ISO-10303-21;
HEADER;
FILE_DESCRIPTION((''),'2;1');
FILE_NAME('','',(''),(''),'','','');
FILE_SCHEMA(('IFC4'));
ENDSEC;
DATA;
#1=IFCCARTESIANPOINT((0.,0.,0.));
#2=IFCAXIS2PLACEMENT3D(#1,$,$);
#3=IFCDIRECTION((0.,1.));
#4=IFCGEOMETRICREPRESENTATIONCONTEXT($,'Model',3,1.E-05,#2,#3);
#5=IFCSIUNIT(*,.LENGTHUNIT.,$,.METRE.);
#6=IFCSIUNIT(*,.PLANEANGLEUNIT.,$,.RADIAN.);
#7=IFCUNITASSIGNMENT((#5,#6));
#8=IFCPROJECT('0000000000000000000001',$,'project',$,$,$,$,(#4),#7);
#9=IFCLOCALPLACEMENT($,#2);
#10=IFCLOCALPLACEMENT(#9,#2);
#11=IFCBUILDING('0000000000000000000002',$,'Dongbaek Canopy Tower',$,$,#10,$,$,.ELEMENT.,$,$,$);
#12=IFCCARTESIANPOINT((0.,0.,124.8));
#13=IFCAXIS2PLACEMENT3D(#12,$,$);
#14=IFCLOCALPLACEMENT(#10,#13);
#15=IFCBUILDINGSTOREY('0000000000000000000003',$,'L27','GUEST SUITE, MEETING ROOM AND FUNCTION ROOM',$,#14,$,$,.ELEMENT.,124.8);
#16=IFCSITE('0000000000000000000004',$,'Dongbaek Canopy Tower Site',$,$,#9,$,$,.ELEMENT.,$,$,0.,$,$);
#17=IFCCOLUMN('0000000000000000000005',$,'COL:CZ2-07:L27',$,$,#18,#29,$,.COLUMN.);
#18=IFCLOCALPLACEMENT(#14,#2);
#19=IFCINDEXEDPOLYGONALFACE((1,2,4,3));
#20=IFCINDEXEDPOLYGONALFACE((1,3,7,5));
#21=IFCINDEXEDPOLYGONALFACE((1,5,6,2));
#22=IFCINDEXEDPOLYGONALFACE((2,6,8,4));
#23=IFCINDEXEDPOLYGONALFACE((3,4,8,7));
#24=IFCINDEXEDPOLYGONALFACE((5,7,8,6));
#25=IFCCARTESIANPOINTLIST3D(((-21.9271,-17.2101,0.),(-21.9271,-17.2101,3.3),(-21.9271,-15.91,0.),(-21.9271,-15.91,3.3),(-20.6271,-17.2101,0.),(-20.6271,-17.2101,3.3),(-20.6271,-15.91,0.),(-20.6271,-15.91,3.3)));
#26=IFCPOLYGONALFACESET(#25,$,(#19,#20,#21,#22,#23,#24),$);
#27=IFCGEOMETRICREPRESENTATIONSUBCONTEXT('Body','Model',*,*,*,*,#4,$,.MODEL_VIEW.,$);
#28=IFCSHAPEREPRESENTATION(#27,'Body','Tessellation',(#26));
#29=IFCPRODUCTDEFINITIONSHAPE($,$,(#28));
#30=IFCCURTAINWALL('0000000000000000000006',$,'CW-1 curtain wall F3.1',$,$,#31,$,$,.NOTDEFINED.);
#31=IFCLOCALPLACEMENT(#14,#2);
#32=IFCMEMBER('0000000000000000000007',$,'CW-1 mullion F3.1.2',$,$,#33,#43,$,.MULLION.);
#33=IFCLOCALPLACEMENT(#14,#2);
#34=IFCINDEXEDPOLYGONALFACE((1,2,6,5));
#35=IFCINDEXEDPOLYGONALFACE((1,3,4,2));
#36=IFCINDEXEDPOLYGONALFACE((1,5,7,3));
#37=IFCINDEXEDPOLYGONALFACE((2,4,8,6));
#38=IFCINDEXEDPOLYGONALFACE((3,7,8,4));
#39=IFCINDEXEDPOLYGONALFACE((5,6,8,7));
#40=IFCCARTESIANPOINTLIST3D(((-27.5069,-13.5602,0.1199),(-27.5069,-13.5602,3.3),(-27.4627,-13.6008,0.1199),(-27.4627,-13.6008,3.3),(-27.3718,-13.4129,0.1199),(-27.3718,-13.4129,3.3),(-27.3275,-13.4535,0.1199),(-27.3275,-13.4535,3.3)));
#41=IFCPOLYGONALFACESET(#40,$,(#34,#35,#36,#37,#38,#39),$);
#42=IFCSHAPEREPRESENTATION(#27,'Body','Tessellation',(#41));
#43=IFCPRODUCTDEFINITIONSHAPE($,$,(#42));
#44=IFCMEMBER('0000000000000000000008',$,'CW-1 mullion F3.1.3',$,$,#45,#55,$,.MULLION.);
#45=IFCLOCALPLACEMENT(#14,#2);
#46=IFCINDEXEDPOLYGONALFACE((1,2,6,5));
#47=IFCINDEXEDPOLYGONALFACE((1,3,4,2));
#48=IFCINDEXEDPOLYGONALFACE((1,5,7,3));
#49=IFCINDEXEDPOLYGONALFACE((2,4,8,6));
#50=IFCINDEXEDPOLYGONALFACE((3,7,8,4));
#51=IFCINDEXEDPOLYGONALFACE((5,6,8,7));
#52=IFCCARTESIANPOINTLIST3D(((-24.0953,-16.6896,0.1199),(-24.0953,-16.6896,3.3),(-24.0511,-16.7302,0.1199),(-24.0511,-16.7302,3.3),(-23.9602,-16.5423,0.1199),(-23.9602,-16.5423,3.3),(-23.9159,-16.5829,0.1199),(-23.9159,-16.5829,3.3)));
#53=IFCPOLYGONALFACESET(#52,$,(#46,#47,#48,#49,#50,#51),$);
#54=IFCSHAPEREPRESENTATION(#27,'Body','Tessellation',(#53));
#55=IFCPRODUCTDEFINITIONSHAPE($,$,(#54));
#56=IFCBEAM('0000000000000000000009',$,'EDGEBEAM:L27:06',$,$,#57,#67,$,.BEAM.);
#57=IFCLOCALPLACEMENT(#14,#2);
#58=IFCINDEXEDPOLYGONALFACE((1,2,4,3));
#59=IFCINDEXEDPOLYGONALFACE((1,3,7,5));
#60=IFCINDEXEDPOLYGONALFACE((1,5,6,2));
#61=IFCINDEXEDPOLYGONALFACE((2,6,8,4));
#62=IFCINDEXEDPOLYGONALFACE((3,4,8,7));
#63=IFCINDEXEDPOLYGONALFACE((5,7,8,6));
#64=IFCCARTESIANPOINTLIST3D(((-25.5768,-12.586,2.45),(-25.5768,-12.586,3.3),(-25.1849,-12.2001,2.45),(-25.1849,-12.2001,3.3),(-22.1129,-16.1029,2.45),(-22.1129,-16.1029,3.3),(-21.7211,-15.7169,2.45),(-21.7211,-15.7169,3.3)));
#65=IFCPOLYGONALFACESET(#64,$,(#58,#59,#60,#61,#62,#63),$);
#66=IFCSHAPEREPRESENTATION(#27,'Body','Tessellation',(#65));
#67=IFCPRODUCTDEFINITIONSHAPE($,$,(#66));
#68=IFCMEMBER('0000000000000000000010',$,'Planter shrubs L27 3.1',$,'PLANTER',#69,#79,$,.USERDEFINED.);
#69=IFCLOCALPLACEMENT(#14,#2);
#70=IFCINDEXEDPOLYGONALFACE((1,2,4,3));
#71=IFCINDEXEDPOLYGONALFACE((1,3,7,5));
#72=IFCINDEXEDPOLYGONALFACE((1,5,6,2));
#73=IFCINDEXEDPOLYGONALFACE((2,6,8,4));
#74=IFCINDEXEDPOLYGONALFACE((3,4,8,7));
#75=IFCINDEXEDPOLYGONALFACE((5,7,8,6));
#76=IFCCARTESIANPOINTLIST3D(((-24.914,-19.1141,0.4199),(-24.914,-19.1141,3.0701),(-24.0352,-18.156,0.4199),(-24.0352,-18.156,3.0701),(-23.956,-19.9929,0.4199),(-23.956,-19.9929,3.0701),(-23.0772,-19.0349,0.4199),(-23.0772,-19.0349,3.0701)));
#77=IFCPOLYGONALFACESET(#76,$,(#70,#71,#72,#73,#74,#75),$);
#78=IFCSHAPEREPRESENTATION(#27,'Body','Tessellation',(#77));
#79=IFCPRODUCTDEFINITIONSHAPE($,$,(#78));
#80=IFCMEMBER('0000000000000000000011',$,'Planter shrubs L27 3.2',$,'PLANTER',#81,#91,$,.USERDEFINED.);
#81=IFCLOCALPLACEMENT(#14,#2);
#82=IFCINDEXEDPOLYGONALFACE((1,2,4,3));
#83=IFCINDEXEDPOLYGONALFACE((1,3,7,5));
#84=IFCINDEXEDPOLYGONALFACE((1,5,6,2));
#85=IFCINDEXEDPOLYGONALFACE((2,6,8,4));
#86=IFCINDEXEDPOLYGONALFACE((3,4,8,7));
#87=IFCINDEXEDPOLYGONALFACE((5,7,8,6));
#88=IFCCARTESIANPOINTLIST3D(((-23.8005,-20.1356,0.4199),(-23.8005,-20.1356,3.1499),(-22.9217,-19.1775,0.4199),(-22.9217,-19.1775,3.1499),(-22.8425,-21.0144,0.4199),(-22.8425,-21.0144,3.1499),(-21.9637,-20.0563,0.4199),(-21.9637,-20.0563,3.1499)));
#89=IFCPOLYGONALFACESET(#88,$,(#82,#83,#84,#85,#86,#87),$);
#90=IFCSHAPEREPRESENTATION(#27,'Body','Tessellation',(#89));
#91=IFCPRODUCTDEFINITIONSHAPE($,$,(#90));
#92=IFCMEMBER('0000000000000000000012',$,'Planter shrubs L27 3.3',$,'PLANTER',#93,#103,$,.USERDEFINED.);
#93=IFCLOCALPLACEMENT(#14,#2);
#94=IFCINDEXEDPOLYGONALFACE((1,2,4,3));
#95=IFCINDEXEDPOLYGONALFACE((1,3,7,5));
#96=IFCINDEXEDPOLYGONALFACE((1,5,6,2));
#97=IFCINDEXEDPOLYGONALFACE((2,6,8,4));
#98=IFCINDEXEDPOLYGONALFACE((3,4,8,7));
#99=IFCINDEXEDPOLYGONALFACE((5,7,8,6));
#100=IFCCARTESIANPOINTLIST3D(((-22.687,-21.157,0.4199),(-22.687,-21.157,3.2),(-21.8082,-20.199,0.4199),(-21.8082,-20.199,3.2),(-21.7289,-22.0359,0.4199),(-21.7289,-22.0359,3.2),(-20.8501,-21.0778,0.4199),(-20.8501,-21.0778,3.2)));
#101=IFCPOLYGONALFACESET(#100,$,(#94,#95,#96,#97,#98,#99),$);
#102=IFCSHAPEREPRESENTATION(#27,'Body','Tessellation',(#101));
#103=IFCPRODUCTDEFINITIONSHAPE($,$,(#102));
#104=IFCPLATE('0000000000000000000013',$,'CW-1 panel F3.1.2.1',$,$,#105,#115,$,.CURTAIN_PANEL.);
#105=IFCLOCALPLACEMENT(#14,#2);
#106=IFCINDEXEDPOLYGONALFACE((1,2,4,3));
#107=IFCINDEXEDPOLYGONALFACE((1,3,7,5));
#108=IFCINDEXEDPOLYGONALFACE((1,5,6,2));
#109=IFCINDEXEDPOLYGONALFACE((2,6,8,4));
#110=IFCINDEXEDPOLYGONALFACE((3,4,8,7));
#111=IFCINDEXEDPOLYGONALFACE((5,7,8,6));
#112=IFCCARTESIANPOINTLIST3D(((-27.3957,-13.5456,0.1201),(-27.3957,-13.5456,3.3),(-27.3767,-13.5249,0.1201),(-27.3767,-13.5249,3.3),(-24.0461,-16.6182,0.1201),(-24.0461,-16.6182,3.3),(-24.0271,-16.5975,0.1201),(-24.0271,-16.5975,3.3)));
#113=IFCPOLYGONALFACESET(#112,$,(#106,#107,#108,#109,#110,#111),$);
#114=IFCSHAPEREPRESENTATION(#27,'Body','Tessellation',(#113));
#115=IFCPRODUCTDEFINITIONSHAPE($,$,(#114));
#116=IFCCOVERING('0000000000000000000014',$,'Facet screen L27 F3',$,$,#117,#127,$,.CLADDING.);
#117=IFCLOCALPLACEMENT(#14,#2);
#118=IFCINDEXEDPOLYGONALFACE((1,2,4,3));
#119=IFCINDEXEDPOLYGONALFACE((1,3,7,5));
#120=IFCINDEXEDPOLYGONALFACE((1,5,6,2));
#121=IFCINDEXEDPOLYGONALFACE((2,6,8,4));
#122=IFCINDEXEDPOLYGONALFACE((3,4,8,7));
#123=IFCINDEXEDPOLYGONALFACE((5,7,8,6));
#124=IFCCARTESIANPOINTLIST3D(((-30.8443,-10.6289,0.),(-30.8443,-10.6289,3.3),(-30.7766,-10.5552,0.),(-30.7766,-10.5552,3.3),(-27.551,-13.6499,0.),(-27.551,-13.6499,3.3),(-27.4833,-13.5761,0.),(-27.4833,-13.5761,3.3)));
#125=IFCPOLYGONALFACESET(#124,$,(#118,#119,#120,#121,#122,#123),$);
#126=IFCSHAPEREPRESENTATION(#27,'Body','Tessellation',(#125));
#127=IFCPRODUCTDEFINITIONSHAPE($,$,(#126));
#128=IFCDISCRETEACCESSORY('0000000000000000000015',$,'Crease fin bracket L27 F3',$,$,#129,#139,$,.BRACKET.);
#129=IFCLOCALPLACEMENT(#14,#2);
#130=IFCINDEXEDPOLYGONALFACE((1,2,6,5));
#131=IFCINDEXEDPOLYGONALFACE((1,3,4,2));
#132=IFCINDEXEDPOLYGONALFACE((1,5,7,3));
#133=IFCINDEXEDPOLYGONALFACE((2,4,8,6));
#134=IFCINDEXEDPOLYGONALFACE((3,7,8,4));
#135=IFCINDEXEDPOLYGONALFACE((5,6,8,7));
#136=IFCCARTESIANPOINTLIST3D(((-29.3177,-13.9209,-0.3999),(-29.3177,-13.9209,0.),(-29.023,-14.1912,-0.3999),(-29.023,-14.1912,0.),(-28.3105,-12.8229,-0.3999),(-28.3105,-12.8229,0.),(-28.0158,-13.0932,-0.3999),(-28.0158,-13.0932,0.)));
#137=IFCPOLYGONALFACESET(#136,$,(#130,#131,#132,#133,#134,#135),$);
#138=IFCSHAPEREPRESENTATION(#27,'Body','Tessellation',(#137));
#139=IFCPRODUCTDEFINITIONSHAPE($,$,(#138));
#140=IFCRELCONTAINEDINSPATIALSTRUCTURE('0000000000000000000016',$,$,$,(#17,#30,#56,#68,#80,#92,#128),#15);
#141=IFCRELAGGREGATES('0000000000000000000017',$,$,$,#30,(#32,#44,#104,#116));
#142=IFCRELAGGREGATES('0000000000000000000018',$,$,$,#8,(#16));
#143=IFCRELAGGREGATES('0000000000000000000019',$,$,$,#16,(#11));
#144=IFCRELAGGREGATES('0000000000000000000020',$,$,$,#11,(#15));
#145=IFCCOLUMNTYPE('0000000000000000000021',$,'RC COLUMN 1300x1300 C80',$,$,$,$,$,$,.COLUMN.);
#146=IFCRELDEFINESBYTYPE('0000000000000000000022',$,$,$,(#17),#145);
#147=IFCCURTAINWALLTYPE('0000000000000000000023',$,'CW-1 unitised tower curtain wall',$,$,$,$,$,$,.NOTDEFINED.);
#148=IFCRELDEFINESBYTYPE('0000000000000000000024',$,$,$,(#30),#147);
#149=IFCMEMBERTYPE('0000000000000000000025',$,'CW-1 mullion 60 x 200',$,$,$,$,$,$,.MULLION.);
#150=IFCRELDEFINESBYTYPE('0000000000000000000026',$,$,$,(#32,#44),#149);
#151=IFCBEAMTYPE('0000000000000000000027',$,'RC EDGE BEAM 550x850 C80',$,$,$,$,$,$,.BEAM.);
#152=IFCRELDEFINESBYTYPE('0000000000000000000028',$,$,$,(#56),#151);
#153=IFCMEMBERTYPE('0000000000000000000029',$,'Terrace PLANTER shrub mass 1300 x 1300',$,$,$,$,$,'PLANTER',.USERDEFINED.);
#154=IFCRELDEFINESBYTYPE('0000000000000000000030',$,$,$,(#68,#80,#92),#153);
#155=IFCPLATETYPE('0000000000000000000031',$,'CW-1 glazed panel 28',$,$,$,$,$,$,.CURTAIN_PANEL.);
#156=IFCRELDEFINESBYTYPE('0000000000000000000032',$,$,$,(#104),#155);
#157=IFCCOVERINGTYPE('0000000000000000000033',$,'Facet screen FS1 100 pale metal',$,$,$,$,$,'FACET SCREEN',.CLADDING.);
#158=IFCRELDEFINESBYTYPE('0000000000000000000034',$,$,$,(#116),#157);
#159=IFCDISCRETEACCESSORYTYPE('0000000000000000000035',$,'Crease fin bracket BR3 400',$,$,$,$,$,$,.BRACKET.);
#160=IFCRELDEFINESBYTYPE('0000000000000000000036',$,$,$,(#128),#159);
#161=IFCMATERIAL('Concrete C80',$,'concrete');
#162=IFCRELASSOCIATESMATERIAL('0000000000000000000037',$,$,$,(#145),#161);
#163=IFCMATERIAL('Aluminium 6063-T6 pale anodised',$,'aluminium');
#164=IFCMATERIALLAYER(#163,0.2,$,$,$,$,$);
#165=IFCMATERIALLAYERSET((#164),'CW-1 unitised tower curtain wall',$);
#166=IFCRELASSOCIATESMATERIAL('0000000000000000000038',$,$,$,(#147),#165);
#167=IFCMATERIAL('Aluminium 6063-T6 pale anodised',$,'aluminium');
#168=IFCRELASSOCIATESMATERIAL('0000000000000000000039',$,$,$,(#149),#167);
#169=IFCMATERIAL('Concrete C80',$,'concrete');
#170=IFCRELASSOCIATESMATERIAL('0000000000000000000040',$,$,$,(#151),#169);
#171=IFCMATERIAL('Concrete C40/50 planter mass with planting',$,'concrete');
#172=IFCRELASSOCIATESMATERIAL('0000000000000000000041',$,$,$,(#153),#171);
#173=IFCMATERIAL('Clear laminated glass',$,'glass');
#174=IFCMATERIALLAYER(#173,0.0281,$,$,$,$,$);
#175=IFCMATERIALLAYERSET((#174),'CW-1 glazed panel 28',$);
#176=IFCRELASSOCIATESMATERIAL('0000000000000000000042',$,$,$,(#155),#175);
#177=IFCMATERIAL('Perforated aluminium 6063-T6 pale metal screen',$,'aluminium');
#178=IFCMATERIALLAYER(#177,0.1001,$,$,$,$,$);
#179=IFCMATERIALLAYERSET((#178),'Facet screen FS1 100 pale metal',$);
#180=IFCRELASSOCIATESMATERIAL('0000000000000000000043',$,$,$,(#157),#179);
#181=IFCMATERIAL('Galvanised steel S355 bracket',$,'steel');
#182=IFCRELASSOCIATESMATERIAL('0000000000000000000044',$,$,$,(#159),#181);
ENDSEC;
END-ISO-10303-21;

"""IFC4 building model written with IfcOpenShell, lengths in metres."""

from ifc_helpers import new_model, si_unit, direction, frame, origin, origin_2d, place, context, subcontext, project, spatial, rectangle, extrude, material, layer, layer_set, material_profile, profile_set, type_object, element, aggregate, save


model = new_model("IFC4")

# Units and contexts
model_context = context("Model", 3, precision=1e-05, world=origin(), true_north=direction((0.0, 1.0)))
body_context = subcontext(model_context, "Body", "Model", "MODEL_VIEW")
ifc_project = project(units=[si_unit("LENGTHUNIT", "METRE"), si_unit("PLANEANGLEUNIT", "RADIAN")], contexts=[model_context])

# Site, building, storey
site_placement = place(None, origin())
site = spatial("IfcSite", under=ifc_project, at=site_placement, Name="Dongbaek Canopy Tower Site", CompositionType="ELEMENT", RefElevation=0.0)
building_placement = place(site_placement, origin())
building = spatial("IfcBuilding", under=site, at=building_placement, Name="Dongbaek Canopy Tower", CompositionType="ELEMENT")
storey_placement = place(building_placement, frame((0.0, 0.0, 124.8)))
storey = spatial("IfcBuildingStorey", under=building, at=storey_placement, Name="L27", Description="GUEST SUITE, MEETING ROOM AND FUNCTION ROOM", CompositionType="ELEMENT", Elevation=124.8)

# Column
ifc_material_1 = material(Name="Concrete C80", Category="concrete")
ifc_material_profile_1 = material_profile(ifc_material_1, rectangle(XDim=1.3, YDim=1.3, at=origin_2d()), Name="RC COLUMN 1300x1300 C80")
ifc_profile_set_1 = profile_set([ifc_material_profile_1], Name="Concrete C80")
column_type = type_object("IfcColumnType", Name="RC COLUMN 1300x1300 C80", PredefinedType="COLUMN", material=ifc_profile_set_1)
column_placement = place(storey_placement, frame((-21.2771, -16.5601, 0.0), z_axis=(0.0, 0.0, 1.0), x_axis=(1.0, 0.0, 0.0)))
element("IfcColumn", 1, at=column_placement, inside=storey, type_object=column_type, Name="COL:CZ2-07:L27", PredefinedType="COLUMN", context=body_context, shape_type="SweptSolid", body=[
    extrude(rectangle(XDim=1.3, YDim=1.3, at=origin_2d()), origin(), (0.0, 0.0, 1.0), 3.3),
])

# Curtain wall, members
ifc_material_2 = material(Name="Aluminium 6063-T6 pale anodised", Category="aluminium")
ifc_layer_1 = layer(ifc_material_2, 0.2)
ifc_layer_set_1 = layer_set([ifc_layer_1], Name="CW-1 unitised tower curtain wall")
curtain_wall_type = type_object("IfcCurtainWallType", Name="CW-1 unitised tower curtain wall", PredefinedType="NOTDEFINED", material=ifc_layer_set_1)
curtain_wall_placement = place(storey_placement, origin())
curtain_wall = element("IfcCurtainWall", 2, at=curtain_wall_placement, inside=storey, type_object=curtain_wall_type, Name="CW-1 curtain wall F3.1", PredefinedType="NOTDEFINED")
ifc_material_3 = material(Name="Aluminium 6063-T6 pale anodised", Category="aluminium")
ifc_material_profile_2 = material_profile(ifc_material_3, rectangle(XDim=0.2, YDim=0.0601, at=origin_2d()), Name="CW-1 mullion 60 x 200")
ifc_profile_set_2 = profile_set([ifc_material_profile_2], Name="Aluminium 6063-T6 pale anodised")
member_type_1 = type_object("IfcMemberType", Name="CW-1 mullion 60 x 200", PredefinedType="MULLION", material=ifc_profile_set_2)
member_1_placement = place(storey_placement, frame((-27.4172, -13.5068, 0.1199), z_axis=(0.0, 0.0, 1.0), x_axis=(-0.67598, -0.73692, 0.0)))
member_1 = element("IfcMember", 3, at=member_1_placement, type_object=member_type_1, Name="CW-1 mullion F3.1.2", PredefinedType="MULLION", context=body_context, shape_type="SweptSolid", body=[
    extrude(rectangle(XDim=0.2, YDim=0.0601, at=origin_2d()), origin(), (0.0, 0.0, 1.0), 3.1802),
])
member_2_placement = place(storey_placement, frame((-24.0056, -16.6362, 0.1199), z_axis=(0.0, 0.0, 1.0), x_axis=(-0.67598, -0.73692, 0.0)))
member_2 = element("IfcMember", 4, at=member_2_placement, type_object=member_type_1, Name="CW-1 mullion F3.1.3", PredefinedType="MULLION", context=body_context, shape_type="SweptSolid", body=[
    extrude(rectangle(XDim=0.2, YDim=0.0601, at=origin_2d()), origin(), (0.0, 0.0, 1.0), 3.1802),
])

# Beam
ifc_material_4 = material(Name="Concrete C80", Category="concrete")
ifc_material_profile_3 = material_profile(ifc_material_4, rectangle(XDim=0.55, YDim=0.8501, at=origin_2d()), Name="RC EDGE BEAM 550x850 C80")
ifc_profile_set_3 = profile_set([ifc_material_profile_3], Name="Concrete C80")
beam_type = type_object("IfcBeamType", Name="RC EDGE BEAM 550x850 C80", PredefinedType="BEAM", material=ifc_profile_set_3)
beam_placement = place(storey_placement, frame((-21.917, -15.9099, 2.875), z_axis=(-0.70172, 0.712453, 0.0), x_axis=(-0.712453, -0.70172, 0.0)))
element("IfcBeam", 5, at=beam_placement, inside=storey, type_object=beam_type, Name="EDGEBEAM:L27:06", PredefinedType="BEAM", context=body_context, shape_type="SweptSolid", body=[
    extrude(rectangle(XDim=0.55, YDim=0.8501, at=origin_2d()), origin(), (0.0, 0.0, 1.0), 4.9363),
])

# Members
ifc_material_5 = material(Name="Concrete C40/50 planter mass with planting", Category="concrete")
ifc_material_profile_4 = material_profile(ifc_material_5, rectangle(XDim=1.3, YDim=1.3, at=origin_2d()), Name="Terrace PLANTER shrub mass 1300 x 1300")
ifc_profile_set_4 = profile_set([ifc_material_profile_4], Name="Concrete C40/50 planter mass with planting")
member_type_2 = type_object("IfcMemberType", Name="Terrace PLANTER shrub mass 1300 x 1300", ElementType="PLANTER", PredefinedType="USERDEFINED", material=ifc_profile_set_4)
member_3_placement = place(storey_placement, frame((-23.9956, -19.0745, 0.4199), z_axis=(0.0, 0.0, 1.0), x_axis=(-0.67598, -0.73692, 0.0)))
element("IfcMember", 6, at=member_3_placement, inside=storey, type_object=member_type_2, Name="Planter shrubs L27 3.1", ObjectType="PLANTER", PredefinedType="USERDEFINED", context=body_context, shape_type="SweptSolid", body=[
    extrude(rectangle(XDim=1.3, YDim=1.3, at=origin_2d()), origin(), (0.0, 0.0, 1.0), 2.6501),
])
member_4_placement = place(storey_placement, frame((-22.8821, -20.0959, 0.4199), z_axis=(0.0, 0.0, 1.0), x_axis=(-0.67598, -0.73692, 0.0)))
element("IfcMember", 7, at=member_4_placement, inside=storey, type_object=member_type_2, Name="Planter shrubs L27 3.2", ObjectType="PLANTER", PredefinedType="USERDEFINED", context=body_context, shape_type="SweptSolid", body=[
    extrude(rectangle(XDim=1.3, YDim=1.3, at=origin_2d()), origin(), (0.0, 0.0, 1.0), 2.73),
])
member_5_placement = place(storey_placement, frame((-21.7686, -21.1174, 0.4199), z_axis=(0.0, 0.0, 1.0), x_axis=(-0.67598, -0.73692, 0.0)))
element("IfcMember", 8, at=member_5_placement, inside=storey, type_object=member_type_2, Name="Planter shrubs L27 3.3", ObjectType="PLANTER", PredefinedType="USERDEFINED", context=body_context, shape_type="SweptSolid", body=[
    extrude(rectangle(XDim=1.3, YDim=1.3, at=origin_2d()), origin(), (0.0, 0.0, 1.0), 2.78),
])

# Plate
ifc_material_6 = material(Name="Clear laminated glass", Category="glass")
ifc_layer_2 = layer(ifc_material_6, 0.0281)
ifc_layer_set_2 = layer_set([ifc_layer_2], Name="CW-1 glazed panel 28")
plate_type = type_object("IfcPlateType", Name="CW-1 glazed panel 28", PredefinedType="CURTAIN_PANEL", material=ifc_layer_set_2)
plate_placement = place(storey_placement, frame((-25.7114, -15.0715, 0.1201), z_axis=(0.0, 0.0, 1.0), x_axis=(0.73692, -0.67598, 0.0)))
plate = element("IfcPlate", 9, at=plate_placement, type_object=plate_type, Name="CW-1 panel F3.1.2.1", PredefinedType="CURTAIN_PANEL", context=body_context, shape_type="SweptSolid", body=[
    extrude(rectangle(XDim=4.5454, YDim=0.0281, at=origin_2d()), origin(), (0.0, 0.0, 1.0), 3.1799),
])

# Covering
ifc_material_7 = material(Name="Perforated aluminium 6063-T6 pale metal screen", Category="aluminium")
ifc_layer_3 = layer(ifc_material_7, 0.1001)
ifc_layer_set_3 = layer_set([ifc_layer_3], Name="Facet screen FS1 100 pale metal")
covering_type = type_object("IfcCoveringType", Name="Facet screen FS1 100 pale metal", ElementType="FACET SCREEN", PredefinedType="CLADDING", material=ifc_layer_set_3)
covering_placement = place(storey_placement, frame((-29.1638, -12.1025, 0.0), z_axis=(0.0, 0.0, 1.0), x_axis=(0.73692, -0.67598, 0.0)))
covering = element("IfcCovering", 10, at=covering_placement, type_object=covering_type, Name="Facet screen L27 F3", PredefinedType="CLADDING", context=body_context, shape_type="SweptSolid", body=[
    extrude(rectangle(XDim=4.469, YDim=0.1001, at=origin_2d()), origin(), (0.0, 0.0, 1.0), 3.3),
])
aggregate(curtain_wall, [member_1, member_2, plate, covering])

# Discrete accessory
ifc_material_8 = material(Name="Galvanised steel S355 bracket", Category="steel")
discrete_accessory_type = type_object("IfcDiscreteAccessoryType", Name="Crease fin bracket BR3 400", PredefinedType="BRACKET", material=ifc_material_8)
discrete_accessory_placement = place(storey_placement, frame((-28.6667, -13.5071, -0.3999), z_axis=(0.0, 0.0, 1.0), x_axis=(-0.67598, -0.73692, 0.0)))
element("IfcDiscreteAccessory", 11, at=discrete_accessory_placement, inside=storey, type_object=discrete_accessory_type, Name="Crease fin bracket L27 F3", PredefinedType="BRACKET", context=body_context, shape_type="SweptSolid", body=[
    extrude(rectangle(XDim=1.49, YDim=0.3999, at=origin_2d()), origin(), (0.0, 0.0, 1.0), 0.3999),
])

save(model, "model.ifc")
